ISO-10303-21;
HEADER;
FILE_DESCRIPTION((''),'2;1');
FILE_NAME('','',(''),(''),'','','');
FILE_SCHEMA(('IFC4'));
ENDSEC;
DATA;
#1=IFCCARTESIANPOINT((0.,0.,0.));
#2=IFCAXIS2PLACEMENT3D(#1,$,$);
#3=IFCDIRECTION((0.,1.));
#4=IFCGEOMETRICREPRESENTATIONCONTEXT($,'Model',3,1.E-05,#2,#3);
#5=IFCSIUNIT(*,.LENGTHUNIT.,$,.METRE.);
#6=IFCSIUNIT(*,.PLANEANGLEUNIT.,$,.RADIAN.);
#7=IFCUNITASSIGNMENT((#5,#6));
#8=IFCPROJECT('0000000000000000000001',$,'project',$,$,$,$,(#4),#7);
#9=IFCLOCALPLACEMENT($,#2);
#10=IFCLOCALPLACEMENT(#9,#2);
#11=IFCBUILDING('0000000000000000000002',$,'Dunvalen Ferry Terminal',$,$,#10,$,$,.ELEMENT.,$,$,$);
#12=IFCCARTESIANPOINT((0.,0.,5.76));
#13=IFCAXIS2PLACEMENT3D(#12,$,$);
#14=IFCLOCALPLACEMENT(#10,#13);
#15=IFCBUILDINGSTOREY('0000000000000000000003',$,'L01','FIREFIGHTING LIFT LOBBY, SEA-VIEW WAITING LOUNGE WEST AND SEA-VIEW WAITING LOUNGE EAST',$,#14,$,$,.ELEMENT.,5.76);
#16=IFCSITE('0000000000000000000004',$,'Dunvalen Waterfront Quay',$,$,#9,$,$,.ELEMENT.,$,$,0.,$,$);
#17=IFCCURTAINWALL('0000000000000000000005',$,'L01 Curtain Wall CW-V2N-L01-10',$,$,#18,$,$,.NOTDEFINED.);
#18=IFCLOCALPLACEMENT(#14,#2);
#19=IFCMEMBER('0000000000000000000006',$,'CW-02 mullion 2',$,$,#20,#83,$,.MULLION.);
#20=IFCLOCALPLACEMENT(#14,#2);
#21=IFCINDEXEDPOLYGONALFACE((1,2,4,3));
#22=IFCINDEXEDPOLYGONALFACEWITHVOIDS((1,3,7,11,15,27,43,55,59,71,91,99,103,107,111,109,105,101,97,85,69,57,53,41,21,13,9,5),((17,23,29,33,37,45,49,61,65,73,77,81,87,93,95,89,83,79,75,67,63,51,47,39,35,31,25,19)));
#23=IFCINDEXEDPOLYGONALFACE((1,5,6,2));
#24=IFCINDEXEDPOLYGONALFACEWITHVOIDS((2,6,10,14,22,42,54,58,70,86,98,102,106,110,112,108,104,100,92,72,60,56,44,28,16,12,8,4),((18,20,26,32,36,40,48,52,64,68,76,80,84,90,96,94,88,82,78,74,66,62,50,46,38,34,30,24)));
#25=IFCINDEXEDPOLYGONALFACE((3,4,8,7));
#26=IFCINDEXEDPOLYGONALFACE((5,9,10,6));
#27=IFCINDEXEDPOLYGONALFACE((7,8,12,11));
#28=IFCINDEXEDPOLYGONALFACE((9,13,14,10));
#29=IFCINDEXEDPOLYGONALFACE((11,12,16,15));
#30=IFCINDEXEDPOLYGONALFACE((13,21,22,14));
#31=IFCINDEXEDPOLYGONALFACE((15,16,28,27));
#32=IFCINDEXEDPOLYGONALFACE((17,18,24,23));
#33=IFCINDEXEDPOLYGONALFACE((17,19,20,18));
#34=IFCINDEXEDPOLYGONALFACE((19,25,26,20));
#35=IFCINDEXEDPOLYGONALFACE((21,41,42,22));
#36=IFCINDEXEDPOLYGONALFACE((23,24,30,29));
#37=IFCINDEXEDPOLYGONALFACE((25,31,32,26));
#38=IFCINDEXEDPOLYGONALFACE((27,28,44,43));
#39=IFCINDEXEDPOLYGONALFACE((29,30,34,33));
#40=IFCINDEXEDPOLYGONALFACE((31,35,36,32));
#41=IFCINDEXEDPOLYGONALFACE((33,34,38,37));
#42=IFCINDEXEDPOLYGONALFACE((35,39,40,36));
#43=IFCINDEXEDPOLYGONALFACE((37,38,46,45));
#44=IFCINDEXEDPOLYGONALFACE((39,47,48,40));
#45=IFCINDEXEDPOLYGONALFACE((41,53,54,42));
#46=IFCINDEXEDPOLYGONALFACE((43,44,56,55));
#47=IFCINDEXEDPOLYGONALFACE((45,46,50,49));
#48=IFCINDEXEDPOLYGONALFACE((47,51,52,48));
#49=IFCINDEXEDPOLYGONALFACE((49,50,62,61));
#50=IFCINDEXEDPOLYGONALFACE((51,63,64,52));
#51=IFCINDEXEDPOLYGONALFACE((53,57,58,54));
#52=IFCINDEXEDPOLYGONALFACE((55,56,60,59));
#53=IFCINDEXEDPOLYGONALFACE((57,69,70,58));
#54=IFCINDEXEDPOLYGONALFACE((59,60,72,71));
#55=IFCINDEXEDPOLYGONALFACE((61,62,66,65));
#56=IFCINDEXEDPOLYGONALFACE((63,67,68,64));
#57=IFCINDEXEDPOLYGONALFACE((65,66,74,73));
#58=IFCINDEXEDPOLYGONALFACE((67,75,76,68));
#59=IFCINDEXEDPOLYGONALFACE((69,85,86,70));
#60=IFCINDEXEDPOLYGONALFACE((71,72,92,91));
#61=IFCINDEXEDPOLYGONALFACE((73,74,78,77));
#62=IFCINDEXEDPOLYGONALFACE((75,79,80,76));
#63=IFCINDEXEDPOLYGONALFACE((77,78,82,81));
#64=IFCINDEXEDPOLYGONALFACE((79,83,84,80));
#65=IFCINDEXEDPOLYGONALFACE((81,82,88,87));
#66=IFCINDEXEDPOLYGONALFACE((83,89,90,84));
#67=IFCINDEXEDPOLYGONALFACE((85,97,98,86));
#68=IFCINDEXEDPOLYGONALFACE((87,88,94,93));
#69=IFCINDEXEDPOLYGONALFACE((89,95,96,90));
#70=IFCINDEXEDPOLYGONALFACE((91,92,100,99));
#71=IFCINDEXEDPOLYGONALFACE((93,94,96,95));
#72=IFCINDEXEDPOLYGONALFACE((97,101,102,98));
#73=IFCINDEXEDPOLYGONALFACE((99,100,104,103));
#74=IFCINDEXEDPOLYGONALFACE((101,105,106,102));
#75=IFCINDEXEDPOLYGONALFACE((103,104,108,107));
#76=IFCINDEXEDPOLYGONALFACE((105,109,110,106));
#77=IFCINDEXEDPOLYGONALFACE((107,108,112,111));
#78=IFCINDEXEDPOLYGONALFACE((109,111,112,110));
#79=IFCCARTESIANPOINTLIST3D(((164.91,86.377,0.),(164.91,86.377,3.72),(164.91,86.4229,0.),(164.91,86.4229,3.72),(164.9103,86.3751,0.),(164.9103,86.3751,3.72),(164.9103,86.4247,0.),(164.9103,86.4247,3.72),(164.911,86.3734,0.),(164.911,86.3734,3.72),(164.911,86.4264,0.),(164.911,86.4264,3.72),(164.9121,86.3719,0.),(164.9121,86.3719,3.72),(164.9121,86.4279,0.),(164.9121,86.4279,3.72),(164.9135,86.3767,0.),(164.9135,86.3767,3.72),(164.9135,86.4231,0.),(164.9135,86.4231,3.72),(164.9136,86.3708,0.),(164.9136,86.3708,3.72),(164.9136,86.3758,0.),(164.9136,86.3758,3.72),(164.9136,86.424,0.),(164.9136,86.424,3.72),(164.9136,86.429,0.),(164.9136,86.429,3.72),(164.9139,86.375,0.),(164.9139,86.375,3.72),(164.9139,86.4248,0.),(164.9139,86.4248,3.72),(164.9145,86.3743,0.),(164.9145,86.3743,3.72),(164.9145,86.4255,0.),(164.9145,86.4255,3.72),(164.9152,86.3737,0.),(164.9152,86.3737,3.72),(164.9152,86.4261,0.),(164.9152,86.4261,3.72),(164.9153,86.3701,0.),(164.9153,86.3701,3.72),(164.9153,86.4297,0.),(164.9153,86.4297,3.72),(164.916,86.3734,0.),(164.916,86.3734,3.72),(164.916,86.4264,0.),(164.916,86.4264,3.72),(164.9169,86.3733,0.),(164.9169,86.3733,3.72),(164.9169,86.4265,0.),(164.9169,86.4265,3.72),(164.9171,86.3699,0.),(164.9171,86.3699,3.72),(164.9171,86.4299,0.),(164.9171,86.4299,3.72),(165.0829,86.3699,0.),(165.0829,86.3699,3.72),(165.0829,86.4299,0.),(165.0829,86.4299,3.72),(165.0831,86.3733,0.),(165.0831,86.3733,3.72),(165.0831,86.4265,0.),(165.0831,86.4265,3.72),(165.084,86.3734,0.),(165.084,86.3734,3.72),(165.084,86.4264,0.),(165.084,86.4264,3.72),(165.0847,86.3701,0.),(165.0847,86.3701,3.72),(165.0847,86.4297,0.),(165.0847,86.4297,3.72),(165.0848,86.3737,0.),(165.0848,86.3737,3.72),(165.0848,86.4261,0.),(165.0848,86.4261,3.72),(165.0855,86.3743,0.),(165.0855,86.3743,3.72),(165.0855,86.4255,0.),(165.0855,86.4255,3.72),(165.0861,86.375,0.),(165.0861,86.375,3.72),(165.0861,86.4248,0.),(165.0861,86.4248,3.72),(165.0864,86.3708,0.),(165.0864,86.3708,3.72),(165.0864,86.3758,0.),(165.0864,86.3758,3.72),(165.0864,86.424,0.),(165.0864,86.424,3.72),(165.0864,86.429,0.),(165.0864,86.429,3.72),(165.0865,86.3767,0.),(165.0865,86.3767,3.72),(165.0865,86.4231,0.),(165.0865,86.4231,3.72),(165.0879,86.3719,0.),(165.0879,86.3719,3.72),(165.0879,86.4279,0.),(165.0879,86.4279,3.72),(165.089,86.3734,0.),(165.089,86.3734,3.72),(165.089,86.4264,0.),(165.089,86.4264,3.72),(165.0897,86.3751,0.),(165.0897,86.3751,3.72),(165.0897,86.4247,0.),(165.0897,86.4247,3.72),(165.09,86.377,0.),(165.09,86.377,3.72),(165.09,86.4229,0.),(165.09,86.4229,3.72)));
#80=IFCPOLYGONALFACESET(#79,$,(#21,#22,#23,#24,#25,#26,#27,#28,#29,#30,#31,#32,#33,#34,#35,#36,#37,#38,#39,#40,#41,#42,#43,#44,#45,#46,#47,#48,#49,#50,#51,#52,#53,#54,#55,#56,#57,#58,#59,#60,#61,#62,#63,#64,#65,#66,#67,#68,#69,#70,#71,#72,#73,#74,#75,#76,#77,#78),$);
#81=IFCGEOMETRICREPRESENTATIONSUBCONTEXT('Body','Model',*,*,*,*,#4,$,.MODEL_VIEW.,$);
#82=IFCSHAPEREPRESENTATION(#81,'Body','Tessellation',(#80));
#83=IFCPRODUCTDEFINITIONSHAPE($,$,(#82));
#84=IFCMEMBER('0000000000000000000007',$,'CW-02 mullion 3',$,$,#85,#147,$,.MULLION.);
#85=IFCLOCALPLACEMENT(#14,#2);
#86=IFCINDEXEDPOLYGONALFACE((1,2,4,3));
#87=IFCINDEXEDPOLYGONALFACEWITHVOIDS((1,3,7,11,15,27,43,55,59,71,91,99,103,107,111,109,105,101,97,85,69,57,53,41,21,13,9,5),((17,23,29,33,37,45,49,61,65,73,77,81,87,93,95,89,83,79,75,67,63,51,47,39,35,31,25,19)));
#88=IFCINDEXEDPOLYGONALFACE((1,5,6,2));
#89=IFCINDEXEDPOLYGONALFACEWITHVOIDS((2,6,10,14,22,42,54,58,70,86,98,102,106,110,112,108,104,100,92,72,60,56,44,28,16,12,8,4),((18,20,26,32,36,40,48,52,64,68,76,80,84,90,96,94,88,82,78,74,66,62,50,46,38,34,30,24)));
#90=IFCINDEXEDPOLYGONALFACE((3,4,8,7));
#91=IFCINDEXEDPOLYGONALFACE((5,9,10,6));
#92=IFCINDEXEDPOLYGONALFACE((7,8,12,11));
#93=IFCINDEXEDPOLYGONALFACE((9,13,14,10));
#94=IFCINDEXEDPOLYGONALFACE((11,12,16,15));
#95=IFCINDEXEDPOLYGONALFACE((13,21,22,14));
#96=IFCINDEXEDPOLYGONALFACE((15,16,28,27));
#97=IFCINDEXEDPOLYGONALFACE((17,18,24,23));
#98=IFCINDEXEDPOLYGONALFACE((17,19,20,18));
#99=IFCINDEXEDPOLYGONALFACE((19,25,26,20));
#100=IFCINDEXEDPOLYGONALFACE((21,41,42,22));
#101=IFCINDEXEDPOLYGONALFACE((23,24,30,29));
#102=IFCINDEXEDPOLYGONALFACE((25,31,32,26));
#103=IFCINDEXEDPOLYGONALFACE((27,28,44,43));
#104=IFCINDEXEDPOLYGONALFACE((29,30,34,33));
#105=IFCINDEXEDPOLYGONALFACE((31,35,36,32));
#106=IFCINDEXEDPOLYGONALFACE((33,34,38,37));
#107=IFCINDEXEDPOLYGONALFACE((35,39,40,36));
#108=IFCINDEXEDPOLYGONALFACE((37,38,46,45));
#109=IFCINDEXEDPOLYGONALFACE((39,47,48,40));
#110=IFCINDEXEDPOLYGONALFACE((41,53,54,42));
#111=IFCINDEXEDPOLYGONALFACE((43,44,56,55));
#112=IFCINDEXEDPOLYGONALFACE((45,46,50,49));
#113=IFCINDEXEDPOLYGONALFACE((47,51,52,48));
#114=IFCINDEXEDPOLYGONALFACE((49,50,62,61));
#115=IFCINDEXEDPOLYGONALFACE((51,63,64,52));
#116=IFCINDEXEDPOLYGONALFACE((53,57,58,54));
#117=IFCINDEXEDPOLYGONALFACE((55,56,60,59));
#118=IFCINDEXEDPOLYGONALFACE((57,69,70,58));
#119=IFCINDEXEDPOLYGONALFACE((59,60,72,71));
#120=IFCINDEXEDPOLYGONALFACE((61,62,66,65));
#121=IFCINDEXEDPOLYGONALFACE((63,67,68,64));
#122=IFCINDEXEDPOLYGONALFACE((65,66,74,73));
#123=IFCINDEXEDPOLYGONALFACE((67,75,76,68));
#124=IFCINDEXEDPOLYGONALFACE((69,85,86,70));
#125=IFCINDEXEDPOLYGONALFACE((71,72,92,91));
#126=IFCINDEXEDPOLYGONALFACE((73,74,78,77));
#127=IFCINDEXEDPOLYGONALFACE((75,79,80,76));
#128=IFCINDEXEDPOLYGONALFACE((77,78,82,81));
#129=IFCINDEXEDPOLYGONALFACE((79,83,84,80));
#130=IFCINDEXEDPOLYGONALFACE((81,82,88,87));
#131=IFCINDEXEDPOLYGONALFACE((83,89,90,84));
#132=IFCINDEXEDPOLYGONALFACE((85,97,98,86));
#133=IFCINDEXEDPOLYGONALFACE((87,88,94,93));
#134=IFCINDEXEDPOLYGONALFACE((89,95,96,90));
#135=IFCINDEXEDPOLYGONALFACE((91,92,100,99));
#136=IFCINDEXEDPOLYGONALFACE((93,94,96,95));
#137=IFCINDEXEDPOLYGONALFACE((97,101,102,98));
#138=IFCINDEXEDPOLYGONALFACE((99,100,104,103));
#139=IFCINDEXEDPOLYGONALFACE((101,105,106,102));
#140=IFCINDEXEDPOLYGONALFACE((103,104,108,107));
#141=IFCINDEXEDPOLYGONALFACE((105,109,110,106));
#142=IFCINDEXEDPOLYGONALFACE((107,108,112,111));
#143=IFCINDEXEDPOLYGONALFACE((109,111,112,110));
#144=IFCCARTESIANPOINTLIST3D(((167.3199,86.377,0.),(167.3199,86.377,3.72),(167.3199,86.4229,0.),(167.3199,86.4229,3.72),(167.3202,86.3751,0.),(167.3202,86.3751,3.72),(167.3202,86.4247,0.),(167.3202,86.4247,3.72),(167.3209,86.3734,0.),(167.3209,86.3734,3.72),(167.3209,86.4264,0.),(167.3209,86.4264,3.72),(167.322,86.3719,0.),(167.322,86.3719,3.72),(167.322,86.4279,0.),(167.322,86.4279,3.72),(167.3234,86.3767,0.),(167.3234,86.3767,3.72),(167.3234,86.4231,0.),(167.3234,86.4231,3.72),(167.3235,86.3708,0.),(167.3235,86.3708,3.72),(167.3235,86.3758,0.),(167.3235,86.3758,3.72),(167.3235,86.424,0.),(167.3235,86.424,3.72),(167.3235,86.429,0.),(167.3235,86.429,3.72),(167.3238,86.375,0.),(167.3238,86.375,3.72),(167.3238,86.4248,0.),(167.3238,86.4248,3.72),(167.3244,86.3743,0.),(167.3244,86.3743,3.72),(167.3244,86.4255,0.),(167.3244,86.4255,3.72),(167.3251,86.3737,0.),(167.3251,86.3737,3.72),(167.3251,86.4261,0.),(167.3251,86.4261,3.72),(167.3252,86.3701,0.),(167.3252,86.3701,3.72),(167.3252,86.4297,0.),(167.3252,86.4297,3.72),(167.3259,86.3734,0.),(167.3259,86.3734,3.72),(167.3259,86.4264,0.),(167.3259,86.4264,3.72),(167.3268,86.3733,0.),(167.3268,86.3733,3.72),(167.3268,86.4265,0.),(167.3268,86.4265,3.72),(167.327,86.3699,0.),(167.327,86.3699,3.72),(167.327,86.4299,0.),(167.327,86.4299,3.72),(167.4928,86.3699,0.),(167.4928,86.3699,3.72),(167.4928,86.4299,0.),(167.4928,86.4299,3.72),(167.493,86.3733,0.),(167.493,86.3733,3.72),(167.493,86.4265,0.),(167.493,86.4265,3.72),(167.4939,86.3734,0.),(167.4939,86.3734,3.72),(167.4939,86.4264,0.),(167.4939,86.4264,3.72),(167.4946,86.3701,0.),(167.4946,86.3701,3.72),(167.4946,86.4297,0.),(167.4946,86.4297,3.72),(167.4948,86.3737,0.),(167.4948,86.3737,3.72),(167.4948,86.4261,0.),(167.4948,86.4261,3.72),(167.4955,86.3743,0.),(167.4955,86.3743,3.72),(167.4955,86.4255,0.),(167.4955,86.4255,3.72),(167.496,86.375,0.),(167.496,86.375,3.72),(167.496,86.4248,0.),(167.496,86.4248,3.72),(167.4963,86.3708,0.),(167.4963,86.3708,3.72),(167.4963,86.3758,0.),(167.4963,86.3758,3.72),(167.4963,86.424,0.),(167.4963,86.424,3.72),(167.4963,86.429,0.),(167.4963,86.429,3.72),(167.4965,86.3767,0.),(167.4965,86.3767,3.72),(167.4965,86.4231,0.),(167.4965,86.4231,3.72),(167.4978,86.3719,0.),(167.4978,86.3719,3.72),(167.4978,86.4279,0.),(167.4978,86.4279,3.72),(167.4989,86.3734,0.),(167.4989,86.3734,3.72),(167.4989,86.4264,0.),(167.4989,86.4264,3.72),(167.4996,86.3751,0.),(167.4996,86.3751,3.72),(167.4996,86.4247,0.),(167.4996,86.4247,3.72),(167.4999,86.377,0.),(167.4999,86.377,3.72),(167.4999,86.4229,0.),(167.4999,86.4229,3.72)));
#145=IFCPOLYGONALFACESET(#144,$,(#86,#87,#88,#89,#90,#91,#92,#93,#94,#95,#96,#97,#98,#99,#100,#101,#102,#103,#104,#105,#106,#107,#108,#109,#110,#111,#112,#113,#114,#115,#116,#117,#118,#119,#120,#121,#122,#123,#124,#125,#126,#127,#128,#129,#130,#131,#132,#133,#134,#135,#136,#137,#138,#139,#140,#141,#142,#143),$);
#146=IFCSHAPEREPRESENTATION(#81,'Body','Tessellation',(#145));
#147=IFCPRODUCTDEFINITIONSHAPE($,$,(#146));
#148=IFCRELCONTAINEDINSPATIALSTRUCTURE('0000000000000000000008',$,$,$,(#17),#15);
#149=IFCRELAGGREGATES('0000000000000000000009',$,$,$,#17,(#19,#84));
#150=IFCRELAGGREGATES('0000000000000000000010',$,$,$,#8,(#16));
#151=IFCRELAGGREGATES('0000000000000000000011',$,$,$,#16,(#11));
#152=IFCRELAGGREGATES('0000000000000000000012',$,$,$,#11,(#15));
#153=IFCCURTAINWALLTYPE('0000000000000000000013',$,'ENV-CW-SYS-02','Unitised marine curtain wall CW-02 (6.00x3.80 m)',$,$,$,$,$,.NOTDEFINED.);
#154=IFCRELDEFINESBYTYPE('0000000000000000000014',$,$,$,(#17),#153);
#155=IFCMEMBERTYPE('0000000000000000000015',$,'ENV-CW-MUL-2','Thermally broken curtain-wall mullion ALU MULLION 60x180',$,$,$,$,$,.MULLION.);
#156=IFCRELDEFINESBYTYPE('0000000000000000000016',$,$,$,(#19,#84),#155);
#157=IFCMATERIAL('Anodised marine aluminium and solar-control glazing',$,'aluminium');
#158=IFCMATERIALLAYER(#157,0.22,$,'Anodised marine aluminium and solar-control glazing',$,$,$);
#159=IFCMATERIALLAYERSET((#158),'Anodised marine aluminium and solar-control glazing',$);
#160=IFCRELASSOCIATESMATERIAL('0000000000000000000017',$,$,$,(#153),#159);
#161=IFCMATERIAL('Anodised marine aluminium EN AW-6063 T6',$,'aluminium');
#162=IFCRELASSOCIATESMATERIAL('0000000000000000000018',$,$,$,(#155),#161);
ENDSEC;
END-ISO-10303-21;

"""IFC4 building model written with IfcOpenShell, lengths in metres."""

from ifc_helpers import new_model, si_unit, direction, frame, origin, origin_2d, place, context, subcontext, project, spatial, hollow_rectangle, extrude, material, layer, layer_set, material_profile, profile_set, type_object, element, aggregate, save


model = new_model("IFC4")

# Units and contexts
model_context = context("Model", 3, precision=1e-05, world=origin(), true_north=direction((0.0, 1.0)))
body_context = subcontext(model_context, "Body", "Model", "MODEL_VIEW")
ifc_project = project(units=[si_unit("LENGTHUNIT", "METRE"), si_unit("PLANEANGLEUNIT", "RADIAN")], contexts=[model_context])

# Site, building, storey
site_placement = place(None, origin())
site = spatial("IfcSite", under=ifc_project, at=site_placement, Name="Dunvalen Waterfront Quay", CompositionType="ELEMENT", RefElevation=0.0)
building_placement = place(site_placement, origin())
building = spatial("IfcBuilding", under=site, at=building_placement, Name="Dunvalen Ferry Terminal", CompositionType="ELEMENT")
storey_placement = place(building_placement, frame((0.0, 0.0, 5.76)))
storey = spatial("IfcBuildingStorey", under=building, at=storey_placement, Name="L01", Description="FIREFIGHTING LIFT LOBBY, SEA-VIEW WAITING LOUNGE WEST AND SEA-VIEW WAITING LOUNGE EAST", CompositionType="ELEMENT", Elevation=5.76)

# Shared definitions
ifc_material_1 = material(Name="Anodised marine aluminium and solar-control glazing", Category="aluminium")
ifc_layer_1 = layer(ifc_material_1, 0.22, Name="Anodised marine aluminium and solar-control glazing")
ifc_layer_set_1 = layer_set([ifc_layer_1], Name="Anodised marine aluminium and solar-control glazing")
curtain_wall_type_1 = type_object("IfcCurtainWallType", Name="ENV-CW-SYS-02", Description="Unitised marine curtain wall CW-02 (6.00x3.80 m)", PredefinedType="NOTDEFINED", material=ifc_layer_set_1)
ifc_material_2 = material(Name="Anodised marine aluminium EN AW-6063 T6", Category="aluminium")
ifc_material_profile_1 = material_profile(ifc_material_2, hollow_rectangle(XDim=0.0601, YDim=0.1799, WallThickness=0.0034, InnerFilletRadius=0.0034, OuterFilletRadius=0.0071, at=origin_2d()), Name="Anodised marine aluminium EN AW-6063 T6")
ifc_profile_set_1 = profile_set([ifc_material_profile_1], Name="Anodised marine aluminium EN AW-6063 T6")
member_type_1 = type_object("IfcMemberType", Name="ENV-CW-MUL-2", Description="Thermally broken curtain-wall mullion ALU MULLION 60x180", PredefinedType="MULLION", material=ifc_profile_set_1)

# Curtain wall, members
curtain_wall_1_placement = place(storey_placement, origin())
curtain_wall_1 = element("IfcCurtainWall", 1, at=curtain_wall_1_placement, inside=storey, type_object=curtain_wall_type_1, Name="L01 Curtain Wall CW-V2N-L01-10", PredefinedType="NOTDEFINED")
member_1_placement = place(storey_placement, frame((165.0, 86.3999, 0.0), z_axis=(0.0, 0.0, 1.0), x_axis=(0.0, 1.0, 0.0)))
member_1 = element("IfcMember", 2, at=member_1_placement, type_object=member_type_1, Name="CW-02 mullion 2", PredefinedType="MULLION", context=body_context, shape_type="SweptSolid", body=[
    extrude(hollow_rectangle(XDim=0.0601, YDim=0.1799, WallThickness=0.0034, InnerFilletRadius=0.0034, OuterFilletRadius=0.0071, at=origin_2d()), origin(), (0.0, 0.0, 1.0), 3.72),
])
member_2_placement = place(storey_placement, frame((167.4099, 86.3999, 0.0), z_axis=(0.0, 0.0, 1.0), x_axis=(0.0, 1.0, 0.0)))
member_2 = element("IfcMember", 3, at=member_2_placement, type_object=member_type_1, Name="CW-02 mullion 3", PredefinedType="MULLION", context=body_context, shape_type="SweptSolid", body=[
    extrude(hollow_rectangle(XDim=0.0601, YDim=0.1799, WallThickness=0.0034, InnerFilletRadius=0.0034, OuterFilletRadius=0.0071, at=origin_2d()), origin(), (0.0, 0.0, 1.0), 3.72),
])

aggregate(curtain_wall_1, [member_1, member_2])

save(model, "model.ifc")
